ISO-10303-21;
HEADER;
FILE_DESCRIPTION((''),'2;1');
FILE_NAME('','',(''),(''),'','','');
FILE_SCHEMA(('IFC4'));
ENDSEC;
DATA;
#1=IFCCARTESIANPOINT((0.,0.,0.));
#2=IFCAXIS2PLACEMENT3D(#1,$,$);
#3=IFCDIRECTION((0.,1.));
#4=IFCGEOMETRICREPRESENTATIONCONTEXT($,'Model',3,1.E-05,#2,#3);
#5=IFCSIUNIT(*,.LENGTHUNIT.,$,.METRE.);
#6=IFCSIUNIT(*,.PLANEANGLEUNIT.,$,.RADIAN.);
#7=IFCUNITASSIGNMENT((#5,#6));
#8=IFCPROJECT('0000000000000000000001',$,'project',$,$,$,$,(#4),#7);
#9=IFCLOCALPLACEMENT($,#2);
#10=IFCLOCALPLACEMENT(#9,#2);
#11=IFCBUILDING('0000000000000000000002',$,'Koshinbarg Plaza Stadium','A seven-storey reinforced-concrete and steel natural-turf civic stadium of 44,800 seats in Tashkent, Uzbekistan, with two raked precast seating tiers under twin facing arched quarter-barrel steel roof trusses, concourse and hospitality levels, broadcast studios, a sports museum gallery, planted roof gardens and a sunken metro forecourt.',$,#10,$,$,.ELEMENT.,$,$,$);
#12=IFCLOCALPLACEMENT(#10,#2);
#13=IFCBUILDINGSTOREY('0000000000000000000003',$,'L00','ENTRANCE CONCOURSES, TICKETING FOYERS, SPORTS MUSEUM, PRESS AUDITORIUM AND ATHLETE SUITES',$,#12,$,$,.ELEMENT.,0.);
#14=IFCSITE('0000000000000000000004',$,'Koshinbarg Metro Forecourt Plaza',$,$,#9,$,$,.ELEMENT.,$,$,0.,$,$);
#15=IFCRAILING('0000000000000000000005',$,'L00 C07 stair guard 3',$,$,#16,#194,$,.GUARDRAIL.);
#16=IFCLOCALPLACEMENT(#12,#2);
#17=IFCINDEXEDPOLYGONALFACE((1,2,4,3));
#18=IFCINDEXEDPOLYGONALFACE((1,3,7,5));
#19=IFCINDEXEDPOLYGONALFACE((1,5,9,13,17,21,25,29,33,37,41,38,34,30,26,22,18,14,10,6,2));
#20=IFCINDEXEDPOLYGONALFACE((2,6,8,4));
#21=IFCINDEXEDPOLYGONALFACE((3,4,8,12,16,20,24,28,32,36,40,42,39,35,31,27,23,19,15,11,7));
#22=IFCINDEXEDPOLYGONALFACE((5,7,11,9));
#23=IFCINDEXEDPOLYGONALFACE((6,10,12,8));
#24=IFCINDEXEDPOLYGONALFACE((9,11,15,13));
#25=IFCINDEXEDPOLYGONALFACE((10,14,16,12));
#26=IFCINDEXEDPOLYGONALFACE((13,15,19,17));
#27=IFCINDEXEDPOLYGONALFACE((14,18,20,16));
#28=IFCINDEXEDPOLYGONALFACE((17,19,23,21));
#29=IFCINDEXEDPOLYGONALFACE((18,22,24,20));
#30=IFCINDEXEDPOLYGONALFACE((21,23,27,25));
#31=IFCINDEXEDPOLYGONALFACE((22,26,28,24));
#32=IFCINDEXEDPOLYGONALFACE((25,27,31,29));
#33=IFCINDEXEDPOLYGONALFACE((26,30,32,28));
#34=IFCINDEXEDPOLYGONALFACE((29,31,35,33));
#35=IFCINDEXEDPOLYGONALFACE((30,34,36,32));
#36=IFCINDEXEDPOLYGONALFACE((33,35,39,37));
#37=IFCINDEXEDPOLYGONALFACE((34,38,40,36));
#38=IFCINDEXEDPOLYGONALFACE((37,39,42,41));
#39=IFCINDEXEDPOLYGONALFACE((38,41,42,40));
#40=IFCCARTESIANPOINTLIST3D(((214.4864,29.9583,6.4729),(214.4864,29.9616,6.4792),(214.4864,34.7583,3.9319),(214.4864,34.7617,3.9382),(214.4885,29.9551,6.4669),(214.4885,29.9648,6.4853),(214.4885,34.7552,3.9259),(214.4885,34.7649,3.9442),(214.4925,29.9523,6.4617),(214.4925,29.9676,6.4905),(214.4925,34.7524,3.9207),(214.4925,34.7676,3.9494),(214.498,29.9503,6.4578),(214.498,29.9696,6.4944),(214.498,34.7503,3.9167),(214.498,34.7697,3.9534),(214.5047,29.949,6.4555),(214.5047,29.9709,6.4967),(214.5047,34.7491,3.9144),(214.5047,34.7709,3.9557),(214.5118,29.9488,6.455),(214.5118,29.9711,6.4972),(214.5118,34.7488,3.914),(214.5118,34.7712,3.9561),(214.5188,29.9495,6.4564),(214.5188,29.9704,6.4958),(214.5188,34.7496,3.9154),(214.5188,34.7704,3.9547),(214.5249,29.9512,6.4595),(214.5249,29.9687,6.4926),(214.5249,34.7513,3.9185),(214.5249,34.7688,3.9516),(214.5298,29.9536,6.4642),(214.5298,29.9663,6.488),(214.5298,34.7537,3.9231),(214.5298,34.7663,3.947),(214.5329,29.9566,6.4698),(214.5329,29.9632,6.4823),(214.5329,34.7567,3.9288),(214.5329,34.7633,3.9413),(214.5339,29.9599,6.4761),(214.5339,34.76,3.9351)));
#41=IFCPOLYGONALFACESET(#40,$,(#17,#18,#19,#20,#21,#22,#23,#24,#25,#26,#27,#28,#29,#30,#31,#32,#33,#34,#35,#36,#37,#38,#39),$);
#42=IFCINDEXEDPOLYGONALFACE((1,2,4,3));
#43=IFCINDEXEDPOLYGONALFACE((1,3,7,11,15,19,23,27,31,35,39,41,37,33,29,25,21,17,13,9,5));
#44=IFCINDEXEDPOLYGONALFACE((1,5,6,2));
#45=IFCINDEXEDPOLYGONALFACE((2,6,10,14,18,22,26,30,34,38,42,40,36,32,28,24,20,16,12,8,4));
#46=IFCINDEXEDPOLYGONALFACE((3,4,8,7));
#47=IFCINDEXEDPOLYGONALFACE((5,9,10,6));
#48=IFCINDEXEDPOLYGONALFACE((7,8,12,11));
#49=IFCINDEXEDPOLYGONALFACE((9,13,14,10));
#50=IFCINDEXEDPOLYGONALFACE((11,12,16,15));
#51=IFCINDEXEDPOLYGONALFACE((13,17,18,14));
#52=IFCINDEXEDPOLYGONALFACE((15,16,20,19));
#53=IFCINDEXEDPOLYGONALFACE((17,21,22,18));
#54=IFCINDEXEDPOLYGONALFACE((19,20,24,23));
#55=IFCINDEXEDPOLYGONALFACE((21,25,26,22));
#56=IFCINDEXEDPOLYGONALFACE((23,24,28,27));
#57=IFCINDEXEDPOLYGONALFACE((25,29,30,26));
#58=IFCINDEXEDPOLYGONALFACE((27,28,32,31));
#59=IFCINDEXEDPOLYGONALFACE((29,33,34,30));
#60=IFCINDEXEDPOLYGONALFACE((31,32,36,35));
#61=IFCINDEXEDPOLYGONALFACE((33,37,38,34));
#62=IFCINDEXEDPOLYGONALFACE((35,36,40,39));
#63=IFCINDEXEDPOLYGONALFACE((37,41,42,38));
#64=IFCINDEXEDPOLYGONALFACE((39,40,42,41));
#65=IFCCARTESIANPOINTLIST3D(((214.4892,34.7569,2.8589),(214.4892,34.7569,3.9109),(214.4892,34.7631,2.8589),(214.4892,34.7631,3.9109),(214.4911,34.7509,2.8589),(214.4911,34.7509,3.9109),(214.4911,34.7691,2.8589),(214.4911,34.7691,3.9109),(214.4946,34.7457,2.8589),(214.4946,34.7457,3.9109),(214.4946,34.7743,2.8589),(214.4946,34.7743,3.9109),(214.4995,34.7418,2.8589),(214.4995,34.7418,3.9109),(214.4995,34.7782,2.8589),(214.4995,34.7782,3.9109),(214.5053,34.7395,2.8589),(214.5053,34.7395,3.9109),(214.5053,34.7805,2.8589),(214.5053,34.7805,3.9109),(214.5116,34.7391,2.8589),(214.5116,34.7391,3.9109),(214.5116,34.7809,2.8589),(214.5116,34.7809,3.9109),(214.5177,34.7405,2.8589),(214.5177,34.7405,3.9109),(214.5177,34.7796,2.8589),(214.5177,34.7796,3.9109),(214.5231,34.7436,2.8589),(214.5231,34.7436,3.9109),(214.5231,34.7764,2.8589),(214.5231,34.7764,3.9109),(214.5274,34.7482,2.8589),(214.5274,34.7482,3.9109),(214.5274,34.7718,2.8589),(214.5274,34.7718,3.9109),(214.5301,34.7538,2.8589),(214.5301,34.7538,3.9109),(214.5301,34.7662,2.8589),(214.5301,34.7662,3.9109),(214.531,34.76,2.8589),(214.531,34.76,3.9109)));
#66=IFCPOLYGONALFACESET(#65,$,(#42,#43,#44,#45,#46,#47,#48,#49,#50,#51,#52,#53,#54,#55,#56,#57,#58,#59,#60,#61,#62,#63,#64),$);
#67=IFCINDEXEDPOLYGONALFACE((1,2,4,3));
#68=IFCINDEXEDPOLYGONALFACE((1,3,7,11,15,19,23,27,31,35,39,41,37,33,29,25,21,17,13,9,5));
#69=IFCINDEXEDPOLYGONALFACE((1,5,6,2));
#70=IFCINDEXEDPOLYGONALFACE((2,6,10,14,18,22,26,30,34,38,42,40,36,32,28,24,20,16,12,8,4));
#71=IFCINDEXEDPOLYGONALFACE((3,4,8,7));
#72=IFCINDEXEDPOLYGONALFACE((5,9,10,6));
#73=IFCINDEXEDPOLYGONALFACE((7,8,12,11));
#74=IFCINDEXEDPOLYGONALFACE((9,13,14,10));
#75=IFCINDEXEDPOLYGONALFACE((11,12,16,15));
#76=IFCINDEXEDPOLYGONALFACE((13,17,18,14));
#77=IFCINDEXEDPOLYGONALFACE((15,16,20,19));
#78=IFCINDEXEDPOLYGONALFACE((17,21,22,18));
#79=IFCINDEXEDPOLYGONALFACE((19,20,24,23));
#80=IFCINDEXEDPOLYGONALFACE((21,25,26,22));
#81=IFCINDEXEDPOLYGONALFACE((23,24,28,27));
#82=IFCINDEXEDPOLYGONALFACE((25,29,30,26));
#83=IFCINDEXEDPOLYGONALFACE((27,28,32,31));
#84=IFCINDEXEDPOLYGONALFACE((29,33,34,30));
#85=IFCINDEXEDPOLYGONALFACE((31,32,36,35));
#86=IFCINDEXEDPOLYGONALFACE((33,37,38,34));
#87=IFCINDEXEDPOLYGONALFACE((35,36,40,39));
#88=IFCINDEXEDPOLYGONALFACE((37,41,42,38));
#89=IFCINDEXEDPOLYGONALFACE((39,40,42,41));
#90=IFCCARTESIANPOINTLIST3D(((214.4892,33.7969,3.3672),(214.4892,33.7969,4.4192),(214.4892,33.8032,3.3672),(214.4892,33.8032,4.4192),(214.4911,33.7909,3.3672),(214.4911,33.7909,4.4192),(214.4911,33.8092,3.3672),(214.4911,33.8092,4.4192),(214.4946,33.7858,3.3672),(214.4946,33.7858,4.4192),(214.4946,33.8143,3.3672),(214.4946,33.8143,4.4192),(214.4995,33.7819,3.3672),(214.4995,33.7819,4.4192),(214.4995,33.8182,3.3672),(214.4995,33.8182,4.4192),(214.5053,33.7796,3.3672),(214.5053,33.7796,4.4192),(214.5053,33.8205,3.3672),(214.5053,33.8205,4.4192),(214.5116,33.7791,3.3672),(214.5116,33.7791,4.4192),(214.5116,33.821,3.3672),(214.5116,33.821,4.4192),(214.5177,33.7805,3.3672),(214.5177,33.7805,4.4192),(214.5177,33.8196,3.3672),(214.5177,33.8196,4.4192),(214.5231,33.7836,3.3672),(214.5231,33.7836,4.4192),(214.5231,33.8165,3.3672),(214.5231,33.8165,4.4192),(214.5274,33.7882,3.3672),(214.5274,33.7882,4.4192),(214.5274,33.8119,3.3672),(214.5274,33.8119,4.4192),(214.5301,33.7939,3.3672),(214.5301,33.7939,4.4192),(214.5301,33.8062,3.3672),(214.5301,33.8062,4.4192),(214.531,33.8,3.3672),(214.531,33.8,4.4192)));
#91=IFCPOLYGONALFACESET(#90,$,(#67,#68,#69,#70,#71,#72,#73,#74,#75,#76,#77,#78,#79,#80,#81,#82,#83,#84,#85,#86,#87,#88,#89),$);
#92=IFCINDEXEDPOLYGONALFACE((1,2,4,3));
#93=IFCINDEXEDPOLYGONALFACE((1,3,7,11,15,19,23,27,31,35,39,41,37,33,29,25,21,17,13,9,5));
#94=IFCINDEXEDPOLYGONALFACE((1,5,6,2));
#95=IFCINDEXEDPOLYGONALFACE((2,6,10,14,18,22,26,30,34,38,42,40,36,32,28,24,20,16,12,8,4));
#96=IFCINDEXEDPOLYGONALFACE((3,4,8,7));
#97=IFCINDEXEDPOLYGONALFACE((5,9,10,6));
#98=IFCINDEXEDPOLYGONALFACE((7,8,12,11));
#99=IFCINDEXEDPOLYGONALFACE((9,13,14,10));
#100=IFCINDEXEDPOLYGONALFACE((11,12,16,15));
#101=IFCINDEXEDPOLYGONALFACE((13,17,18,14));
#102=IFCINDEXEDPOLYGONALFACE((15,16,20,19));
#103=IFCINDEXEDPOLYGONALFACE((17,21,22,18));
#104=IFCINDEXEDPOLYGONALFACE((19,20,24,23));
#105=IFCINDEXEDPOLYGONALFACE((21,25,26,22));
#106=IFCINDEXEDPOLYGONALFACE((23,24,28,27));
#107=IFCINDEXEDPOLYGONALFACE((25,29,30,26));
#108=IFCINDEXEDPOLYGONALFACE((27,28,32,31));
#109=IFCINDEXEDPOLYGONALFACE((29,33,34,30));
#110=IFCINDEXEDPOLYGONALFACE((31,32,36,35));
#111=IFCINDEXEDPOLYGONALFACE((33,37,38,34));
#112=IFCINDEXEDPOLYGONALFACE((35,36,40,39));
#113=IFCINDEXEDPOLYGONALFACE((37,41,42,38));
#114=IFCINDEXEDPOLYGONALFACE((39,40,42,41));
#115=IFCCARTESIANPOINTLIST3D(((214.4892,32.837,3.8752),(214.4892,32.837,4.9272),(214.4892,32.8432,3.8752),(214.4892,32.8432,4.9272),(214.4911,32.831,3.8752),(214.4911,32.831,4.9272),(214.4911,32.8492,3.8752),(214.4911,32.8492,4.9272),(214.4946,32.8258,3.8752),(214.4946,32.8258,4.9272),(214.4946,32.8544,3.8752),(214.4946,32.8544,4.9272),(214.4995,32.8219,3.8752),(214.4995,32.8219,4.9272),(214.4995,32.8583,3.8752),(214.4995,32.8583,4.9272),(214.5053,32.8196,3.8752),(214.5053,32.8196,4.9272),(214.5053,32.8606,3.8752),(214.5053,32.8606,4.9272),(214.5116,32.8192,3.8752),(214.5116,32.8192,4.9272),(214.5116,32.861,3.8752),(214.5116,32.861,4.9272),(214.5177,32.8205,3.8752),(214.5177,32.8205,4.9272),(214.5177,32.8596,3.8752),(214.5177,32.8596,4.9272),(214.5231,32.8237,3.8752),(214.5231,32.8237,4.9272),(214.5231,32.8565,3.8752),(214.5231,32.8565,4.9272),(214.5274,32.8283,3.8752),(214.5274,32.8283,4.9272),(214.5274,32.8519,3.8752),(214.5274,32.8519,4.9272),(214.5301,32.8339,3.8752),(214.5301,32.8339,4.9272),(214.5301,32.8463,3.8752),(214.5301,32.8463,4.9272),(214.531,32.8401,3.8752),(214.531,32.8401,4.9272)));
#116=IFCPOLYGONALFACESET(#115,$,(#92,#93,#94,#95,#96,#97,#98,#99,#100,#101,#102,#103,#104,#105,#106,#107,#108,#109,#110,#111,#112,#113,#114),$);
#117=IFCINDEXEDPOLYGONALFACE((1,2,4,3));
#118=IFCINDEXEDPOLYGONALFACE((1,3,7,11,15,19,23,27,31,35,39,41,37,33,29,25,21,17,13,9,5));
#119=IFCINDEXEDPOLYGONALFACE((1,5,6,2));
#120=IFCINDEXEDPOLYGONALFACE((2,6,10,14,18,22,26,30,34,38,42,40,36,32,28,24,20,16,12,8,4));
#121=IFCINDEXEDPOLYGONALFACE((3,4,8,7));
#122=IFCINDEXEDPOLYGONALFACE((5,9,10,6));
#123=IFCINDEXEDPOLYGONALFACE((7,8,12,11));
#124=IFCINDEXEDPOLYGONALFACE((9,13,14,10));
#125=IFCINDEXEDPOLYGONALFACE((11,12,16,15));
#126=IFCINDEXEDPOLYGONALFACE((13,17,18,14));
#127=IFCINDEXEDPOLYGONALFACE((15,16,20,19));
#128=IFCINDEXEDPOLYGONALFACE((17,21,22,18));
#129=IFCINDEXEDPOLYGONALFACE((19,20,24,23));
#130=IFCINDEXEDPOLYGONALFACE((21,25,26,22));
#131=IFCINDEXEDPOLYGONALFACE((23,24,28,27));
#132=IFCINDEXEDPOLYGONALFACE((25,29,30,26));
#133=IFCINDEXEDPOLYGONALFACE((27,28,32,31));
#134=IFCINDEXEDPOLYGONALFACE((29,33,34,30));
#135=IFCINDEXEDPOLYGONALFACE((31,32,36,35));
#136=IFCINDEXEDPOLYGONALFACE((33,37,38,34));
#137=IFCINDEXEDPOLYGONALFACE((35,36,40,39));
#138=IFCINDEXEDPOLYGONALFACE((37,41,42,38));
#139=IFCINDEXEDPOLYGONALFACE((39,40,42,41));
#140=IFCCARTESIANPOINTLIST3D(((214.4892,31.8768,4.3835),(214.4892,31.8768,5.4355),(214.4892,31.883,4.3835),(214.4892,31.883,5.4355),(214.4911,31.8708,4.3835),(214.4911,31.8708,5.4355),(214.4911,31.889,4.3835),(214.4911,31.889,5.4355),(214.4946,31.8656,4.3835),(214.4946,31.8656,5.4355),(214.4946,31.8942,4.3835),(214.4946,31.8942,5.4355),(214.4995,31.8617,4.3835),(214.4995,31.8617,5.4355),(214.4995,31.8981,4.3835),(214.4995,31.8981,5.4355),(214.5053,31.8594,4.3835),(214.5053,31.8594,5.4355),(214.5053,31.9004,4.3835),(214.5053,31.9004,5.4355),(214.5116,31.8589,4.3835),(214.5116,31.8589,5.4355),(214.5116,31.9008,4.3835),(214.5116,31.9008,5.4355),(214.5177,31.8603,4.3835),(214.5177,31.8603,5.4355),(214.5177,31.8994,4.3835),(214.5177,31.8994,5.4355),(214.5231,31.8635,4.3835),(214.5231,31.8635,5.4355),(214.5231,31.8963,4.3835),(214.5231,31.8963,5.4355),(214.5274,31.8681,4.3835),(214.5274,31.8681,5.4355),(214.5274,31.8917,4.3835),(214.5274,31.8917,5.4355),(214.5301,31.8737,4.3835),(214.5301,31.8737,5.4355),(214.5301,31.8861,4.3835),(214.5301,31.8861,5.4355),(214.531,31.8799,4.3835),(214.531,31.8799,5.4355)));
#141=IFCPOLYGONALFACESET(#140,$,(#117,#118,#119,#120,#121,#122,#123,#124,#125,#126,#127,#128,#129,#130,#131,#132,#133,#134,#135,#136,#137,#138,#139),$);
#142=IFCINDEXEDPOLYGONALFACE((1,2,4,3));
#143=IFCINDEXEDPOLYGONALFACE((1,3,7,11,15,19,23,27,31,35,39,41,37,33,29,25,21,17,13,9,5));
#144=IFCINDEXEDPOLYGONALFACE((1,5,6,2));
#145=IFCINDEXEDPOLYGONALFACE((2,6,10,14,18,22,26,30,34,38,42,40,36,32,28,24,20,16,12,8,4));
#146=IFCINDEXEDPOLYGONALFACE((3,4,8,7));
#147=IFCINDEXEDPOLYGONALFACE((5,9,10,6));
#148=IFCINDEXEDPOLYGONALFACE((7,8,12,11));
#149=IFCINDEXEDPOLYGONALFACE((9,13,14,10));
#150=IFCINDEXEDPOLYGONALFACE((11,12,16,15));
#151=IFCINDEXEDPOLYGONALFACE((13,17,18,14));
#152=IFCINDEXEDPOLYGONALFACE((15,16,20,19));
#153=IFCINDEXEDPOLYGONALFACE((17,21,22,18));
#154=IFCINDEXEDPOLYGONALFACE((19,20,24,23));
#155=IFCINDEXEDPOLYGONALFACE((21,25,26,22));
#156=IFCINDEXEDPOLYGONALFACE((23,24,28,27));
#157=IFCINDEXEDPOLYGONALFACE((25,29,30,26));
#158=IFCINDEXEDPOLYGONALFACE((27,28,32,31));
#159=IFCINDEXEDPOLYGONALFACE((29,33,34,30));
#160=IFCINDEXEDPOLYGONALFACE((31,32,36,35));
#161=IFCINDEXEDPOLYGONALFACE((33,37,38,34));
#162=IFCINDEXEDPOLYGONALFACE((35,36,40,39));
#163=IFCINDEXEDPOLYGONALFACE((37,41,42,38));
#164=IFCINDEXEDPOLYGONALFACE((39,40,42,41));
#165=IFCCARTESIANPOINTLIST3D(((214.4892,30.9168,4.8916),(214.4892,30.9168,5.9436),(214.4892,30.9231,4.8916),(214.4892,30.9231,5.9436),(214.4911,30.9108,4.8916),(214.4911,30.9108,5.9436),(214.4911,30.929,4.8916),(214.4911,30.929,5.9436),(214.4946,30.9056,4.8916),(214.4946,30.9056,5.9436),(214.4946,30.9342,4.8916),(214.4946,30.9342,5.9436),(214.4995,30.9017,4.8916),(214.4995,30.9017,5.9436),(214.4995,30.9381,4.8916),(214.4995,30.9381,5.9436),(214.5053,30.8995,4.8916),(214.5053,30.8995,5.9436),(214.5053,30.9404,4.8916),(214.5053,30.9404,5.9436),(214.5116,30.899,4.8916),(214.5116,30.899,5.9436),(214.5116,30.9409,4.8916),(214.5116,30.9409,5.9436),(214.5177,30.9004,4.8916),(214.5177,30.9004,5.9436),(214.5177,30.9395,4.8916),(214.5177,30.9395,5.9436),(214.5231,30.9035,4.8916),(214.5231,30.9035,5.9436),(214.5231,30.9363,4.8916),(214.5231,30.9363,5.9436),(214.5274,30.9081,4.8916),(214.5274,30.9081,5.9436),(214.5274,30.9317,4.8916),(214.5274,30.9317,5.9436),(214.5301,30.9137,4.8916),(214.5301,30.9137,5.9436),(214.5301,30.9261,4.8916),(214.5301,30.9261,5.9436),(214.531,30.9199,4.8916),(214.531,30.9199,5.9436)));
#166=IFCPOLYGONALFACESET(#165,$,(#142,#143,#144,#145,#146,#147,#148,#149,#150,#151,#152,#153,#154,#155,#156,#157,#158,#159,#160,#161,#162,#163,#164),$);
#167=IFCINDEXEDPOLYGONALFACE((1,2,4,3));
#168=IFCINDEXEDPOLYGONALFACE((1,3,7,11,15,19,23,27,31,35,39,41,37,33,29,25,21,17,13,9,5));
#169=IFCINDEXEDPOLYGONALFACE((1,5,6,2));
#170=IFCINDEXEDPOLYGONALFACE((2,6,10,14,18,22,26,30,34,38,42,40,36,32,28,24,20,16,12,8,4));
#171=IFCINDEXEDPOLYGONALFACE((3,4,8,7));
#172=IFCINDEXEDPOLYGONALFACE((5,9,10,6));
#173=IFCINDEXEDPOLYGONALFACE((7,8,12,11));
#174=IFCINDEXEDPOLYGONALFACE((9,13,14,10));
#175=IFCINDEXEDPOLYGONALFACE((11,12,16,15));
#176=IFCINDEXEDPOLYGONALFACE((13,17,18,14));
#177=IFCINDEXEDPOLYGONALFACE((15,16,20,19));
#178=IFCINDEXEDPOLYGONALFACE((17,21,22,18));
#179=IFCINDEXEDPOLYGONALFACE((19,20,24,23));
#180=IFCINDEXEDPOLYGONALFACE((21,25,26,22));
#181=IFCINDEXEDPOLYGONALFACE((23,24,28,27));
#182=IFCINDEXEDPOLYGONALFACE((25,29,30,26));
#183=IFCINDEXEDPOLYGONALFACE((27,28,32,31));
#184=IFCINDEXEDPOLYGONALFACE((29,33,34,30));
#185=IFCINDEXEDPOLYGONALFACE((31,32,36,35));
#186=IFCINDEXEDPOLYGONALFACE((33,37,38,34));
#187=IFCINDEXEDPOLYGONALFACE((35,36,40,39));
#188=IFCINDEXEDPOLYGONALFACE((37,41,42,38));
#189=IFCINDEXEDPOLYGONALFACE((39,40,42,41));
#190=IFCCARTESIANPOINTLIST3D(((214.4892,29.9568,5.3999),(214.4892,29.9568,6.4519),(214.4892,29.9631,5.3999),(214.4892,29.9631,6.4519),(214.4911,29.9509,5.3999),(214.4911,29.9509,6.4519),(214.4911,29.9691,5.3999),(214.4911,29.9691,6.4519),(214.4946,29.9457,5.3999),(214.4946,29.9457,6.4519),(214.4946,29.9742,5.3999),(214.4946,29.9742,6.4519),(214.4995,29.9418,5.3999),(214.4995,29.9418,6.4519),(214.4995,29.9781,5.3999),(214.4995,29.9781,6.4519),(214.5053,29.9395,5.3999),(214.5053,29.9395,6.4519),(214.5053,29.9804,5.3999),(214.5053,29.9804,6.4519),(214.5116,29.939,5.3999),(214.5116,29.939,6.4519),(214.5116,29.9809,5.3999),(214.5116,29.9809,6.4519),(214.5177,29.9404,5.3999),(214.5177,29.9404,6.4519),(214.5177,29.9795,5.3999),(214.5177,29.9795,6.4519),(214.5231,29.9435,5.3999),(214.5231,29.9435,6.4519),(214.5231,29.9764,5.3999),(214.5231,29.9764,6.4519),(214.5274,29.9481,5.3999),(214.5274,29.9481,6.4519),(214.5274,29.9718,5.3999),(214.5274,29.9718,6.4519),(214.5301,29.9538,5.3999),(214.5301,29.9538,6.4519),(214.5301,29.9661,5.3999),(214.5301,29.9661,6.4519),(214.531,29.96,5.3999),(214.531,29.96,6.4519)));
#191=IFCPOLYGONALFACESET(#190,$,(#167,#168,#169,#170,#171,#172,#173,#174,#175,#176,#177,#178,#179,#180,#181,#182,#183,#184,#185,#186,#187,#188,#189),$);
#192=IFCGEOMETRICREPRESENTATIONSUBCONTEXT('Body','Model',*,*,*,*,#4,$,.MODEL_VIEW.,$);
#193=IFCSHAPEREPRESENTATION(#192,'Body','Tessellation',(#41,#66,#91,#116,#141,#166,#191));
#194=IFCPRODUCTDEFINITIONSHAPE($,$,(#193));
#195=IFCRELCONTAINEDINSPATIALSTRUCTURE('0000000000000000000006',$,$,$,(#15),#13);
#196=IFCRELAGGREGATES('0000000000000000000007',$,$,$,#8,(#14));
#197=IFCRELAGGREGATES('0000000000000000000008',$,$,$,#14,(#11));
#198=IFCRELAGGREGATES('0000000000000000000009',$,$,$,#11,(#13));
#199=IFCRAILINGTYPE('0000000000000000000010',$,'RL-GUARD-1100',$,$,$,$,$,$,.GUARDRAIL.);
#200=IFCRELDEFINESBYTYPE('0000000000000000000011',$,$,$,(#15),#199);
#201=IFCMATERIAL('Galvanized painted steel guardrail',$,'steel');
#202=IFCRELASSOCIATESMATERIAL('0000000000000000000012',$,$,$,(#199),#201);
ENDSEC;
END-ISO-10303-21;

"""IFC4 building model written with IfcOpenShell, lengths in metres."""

from ifc_helpers import new_model, si_unit, direction, frame, origin, origin_2d, place, context, subcontext, project, spatial, circle, extrude, material, type_object, element, save


model = new_model("IFC4")

# Units and contexts
model_context = context("Model", 3, precision=1e-05, world=origin(), true_north=direction((0.0, 1.0)))
body_context = subcontext(model_context, "Body", "Model", "MODEL_VIEW")
ifc_project = project(units=[si_unit("LENGTHUNIT", "METRE"), si_unit("PLANEANGLEUNIT", "RADIAN")], contexts=[model_context])

# Site, building, storey
site_placement = place(None, origin())
site = spatial("IfcSite", under=ifc_project, at=site_placement, Name="Koshinbarg Metro Forecourt Plaza", CompositionType="ELEMENT", RefElevation=0.0)
building_placement = place(site_placement, origin())
building = spatial("IfcBuilding", under=site, at=building_placement, Name="Koshinbarg Plaza Stadium", Description="A seven-storey reinforced-concrete and steel natural-turf civic stadium of 44,800 seats in Tashkent, Uzbekistan, with two raked precast seating tiers under twin facing arched quarter-barrel steel roof trusses, concourse and hospitality levels, broadcast studios, a sports museum gallery, planted roof gardens and a sunken metro forecourt.", CompositionType="ELEMENT")
storey_placement = place(building_placement, origin())
storey = spatial("IfcBuildingStorey", under=building, at=storey_placement, Name="L00", Description="ENTRANCE CONCOURSES, TICKETING FOYERS, SPORTS MUSEUM, PRESS AUDITORIUM AND ATHLETE SUITES", CompositionType="ELEMENT", Elevation=0.0)

# Railing
ifc_material_1 = material(Name="Galvanized painted steel guardrail", Category="steel")
railing_type_1 = type_object("IfcRailingType", Name="RL-GUARD-1100", PredefinedType="GUARDRAIL", material=ifc_material_1)
railing_1_placement = place(storey_placement, frame((214.51, 34.76, 2.8589)))
element("IfcRailing", 1, at=railing_1_placement, inside=storey, type_object=railing_type_1, Name="L00 C07 stair guard 3", PredefinedType="GUARDRAIL", context=body_context, shape_type="SweptSolid", body=[
    extrude(circle(Radius=0.0239, at=origin_2d()), frame((0.0, 0.0, 1.0762), z_axis=(0.0, -0.883802, 0.467861), x_axis=(1.0, 0.0, 0.0)), (0.0, 0.0, 1.0), 5.4312),
    extrude(circle(Radius=0.021, at=origin_2d()), origin(), (0.0, 0.0, 1.0), 1.052),
    extrude(circle(Radius=0.021, at=origin_2d()), frame((0.0, -0.96, 0.5083)), (0.0, 0.0, 1.0), 1.052),
    extrude(circle(Radius=0.021, at=origin_2d()), frame((0.0, -1.9199, 1.0164)), (0.0, 0.0, 1.0), 1.052),
    extrude(circle(Radius=0.021, at=origin_2d()), frame((0.0, -2.8801, 1.5247)), (0.0, 0.0, 1.0), 1.052),
    extrude(circle(Radius=0.021, at=origin_2d()), frame((0.0, -3.8401, 2.0327)), (0.0, 0.0, 1.0), 1.052),
    extrude(circle(Radius=0.021, at=origin_2d()), frame((0.0, -4.8, 2.541)), (0.0, 0.0, 1.0), 1.052),
])

save(model, "model.ifc")
